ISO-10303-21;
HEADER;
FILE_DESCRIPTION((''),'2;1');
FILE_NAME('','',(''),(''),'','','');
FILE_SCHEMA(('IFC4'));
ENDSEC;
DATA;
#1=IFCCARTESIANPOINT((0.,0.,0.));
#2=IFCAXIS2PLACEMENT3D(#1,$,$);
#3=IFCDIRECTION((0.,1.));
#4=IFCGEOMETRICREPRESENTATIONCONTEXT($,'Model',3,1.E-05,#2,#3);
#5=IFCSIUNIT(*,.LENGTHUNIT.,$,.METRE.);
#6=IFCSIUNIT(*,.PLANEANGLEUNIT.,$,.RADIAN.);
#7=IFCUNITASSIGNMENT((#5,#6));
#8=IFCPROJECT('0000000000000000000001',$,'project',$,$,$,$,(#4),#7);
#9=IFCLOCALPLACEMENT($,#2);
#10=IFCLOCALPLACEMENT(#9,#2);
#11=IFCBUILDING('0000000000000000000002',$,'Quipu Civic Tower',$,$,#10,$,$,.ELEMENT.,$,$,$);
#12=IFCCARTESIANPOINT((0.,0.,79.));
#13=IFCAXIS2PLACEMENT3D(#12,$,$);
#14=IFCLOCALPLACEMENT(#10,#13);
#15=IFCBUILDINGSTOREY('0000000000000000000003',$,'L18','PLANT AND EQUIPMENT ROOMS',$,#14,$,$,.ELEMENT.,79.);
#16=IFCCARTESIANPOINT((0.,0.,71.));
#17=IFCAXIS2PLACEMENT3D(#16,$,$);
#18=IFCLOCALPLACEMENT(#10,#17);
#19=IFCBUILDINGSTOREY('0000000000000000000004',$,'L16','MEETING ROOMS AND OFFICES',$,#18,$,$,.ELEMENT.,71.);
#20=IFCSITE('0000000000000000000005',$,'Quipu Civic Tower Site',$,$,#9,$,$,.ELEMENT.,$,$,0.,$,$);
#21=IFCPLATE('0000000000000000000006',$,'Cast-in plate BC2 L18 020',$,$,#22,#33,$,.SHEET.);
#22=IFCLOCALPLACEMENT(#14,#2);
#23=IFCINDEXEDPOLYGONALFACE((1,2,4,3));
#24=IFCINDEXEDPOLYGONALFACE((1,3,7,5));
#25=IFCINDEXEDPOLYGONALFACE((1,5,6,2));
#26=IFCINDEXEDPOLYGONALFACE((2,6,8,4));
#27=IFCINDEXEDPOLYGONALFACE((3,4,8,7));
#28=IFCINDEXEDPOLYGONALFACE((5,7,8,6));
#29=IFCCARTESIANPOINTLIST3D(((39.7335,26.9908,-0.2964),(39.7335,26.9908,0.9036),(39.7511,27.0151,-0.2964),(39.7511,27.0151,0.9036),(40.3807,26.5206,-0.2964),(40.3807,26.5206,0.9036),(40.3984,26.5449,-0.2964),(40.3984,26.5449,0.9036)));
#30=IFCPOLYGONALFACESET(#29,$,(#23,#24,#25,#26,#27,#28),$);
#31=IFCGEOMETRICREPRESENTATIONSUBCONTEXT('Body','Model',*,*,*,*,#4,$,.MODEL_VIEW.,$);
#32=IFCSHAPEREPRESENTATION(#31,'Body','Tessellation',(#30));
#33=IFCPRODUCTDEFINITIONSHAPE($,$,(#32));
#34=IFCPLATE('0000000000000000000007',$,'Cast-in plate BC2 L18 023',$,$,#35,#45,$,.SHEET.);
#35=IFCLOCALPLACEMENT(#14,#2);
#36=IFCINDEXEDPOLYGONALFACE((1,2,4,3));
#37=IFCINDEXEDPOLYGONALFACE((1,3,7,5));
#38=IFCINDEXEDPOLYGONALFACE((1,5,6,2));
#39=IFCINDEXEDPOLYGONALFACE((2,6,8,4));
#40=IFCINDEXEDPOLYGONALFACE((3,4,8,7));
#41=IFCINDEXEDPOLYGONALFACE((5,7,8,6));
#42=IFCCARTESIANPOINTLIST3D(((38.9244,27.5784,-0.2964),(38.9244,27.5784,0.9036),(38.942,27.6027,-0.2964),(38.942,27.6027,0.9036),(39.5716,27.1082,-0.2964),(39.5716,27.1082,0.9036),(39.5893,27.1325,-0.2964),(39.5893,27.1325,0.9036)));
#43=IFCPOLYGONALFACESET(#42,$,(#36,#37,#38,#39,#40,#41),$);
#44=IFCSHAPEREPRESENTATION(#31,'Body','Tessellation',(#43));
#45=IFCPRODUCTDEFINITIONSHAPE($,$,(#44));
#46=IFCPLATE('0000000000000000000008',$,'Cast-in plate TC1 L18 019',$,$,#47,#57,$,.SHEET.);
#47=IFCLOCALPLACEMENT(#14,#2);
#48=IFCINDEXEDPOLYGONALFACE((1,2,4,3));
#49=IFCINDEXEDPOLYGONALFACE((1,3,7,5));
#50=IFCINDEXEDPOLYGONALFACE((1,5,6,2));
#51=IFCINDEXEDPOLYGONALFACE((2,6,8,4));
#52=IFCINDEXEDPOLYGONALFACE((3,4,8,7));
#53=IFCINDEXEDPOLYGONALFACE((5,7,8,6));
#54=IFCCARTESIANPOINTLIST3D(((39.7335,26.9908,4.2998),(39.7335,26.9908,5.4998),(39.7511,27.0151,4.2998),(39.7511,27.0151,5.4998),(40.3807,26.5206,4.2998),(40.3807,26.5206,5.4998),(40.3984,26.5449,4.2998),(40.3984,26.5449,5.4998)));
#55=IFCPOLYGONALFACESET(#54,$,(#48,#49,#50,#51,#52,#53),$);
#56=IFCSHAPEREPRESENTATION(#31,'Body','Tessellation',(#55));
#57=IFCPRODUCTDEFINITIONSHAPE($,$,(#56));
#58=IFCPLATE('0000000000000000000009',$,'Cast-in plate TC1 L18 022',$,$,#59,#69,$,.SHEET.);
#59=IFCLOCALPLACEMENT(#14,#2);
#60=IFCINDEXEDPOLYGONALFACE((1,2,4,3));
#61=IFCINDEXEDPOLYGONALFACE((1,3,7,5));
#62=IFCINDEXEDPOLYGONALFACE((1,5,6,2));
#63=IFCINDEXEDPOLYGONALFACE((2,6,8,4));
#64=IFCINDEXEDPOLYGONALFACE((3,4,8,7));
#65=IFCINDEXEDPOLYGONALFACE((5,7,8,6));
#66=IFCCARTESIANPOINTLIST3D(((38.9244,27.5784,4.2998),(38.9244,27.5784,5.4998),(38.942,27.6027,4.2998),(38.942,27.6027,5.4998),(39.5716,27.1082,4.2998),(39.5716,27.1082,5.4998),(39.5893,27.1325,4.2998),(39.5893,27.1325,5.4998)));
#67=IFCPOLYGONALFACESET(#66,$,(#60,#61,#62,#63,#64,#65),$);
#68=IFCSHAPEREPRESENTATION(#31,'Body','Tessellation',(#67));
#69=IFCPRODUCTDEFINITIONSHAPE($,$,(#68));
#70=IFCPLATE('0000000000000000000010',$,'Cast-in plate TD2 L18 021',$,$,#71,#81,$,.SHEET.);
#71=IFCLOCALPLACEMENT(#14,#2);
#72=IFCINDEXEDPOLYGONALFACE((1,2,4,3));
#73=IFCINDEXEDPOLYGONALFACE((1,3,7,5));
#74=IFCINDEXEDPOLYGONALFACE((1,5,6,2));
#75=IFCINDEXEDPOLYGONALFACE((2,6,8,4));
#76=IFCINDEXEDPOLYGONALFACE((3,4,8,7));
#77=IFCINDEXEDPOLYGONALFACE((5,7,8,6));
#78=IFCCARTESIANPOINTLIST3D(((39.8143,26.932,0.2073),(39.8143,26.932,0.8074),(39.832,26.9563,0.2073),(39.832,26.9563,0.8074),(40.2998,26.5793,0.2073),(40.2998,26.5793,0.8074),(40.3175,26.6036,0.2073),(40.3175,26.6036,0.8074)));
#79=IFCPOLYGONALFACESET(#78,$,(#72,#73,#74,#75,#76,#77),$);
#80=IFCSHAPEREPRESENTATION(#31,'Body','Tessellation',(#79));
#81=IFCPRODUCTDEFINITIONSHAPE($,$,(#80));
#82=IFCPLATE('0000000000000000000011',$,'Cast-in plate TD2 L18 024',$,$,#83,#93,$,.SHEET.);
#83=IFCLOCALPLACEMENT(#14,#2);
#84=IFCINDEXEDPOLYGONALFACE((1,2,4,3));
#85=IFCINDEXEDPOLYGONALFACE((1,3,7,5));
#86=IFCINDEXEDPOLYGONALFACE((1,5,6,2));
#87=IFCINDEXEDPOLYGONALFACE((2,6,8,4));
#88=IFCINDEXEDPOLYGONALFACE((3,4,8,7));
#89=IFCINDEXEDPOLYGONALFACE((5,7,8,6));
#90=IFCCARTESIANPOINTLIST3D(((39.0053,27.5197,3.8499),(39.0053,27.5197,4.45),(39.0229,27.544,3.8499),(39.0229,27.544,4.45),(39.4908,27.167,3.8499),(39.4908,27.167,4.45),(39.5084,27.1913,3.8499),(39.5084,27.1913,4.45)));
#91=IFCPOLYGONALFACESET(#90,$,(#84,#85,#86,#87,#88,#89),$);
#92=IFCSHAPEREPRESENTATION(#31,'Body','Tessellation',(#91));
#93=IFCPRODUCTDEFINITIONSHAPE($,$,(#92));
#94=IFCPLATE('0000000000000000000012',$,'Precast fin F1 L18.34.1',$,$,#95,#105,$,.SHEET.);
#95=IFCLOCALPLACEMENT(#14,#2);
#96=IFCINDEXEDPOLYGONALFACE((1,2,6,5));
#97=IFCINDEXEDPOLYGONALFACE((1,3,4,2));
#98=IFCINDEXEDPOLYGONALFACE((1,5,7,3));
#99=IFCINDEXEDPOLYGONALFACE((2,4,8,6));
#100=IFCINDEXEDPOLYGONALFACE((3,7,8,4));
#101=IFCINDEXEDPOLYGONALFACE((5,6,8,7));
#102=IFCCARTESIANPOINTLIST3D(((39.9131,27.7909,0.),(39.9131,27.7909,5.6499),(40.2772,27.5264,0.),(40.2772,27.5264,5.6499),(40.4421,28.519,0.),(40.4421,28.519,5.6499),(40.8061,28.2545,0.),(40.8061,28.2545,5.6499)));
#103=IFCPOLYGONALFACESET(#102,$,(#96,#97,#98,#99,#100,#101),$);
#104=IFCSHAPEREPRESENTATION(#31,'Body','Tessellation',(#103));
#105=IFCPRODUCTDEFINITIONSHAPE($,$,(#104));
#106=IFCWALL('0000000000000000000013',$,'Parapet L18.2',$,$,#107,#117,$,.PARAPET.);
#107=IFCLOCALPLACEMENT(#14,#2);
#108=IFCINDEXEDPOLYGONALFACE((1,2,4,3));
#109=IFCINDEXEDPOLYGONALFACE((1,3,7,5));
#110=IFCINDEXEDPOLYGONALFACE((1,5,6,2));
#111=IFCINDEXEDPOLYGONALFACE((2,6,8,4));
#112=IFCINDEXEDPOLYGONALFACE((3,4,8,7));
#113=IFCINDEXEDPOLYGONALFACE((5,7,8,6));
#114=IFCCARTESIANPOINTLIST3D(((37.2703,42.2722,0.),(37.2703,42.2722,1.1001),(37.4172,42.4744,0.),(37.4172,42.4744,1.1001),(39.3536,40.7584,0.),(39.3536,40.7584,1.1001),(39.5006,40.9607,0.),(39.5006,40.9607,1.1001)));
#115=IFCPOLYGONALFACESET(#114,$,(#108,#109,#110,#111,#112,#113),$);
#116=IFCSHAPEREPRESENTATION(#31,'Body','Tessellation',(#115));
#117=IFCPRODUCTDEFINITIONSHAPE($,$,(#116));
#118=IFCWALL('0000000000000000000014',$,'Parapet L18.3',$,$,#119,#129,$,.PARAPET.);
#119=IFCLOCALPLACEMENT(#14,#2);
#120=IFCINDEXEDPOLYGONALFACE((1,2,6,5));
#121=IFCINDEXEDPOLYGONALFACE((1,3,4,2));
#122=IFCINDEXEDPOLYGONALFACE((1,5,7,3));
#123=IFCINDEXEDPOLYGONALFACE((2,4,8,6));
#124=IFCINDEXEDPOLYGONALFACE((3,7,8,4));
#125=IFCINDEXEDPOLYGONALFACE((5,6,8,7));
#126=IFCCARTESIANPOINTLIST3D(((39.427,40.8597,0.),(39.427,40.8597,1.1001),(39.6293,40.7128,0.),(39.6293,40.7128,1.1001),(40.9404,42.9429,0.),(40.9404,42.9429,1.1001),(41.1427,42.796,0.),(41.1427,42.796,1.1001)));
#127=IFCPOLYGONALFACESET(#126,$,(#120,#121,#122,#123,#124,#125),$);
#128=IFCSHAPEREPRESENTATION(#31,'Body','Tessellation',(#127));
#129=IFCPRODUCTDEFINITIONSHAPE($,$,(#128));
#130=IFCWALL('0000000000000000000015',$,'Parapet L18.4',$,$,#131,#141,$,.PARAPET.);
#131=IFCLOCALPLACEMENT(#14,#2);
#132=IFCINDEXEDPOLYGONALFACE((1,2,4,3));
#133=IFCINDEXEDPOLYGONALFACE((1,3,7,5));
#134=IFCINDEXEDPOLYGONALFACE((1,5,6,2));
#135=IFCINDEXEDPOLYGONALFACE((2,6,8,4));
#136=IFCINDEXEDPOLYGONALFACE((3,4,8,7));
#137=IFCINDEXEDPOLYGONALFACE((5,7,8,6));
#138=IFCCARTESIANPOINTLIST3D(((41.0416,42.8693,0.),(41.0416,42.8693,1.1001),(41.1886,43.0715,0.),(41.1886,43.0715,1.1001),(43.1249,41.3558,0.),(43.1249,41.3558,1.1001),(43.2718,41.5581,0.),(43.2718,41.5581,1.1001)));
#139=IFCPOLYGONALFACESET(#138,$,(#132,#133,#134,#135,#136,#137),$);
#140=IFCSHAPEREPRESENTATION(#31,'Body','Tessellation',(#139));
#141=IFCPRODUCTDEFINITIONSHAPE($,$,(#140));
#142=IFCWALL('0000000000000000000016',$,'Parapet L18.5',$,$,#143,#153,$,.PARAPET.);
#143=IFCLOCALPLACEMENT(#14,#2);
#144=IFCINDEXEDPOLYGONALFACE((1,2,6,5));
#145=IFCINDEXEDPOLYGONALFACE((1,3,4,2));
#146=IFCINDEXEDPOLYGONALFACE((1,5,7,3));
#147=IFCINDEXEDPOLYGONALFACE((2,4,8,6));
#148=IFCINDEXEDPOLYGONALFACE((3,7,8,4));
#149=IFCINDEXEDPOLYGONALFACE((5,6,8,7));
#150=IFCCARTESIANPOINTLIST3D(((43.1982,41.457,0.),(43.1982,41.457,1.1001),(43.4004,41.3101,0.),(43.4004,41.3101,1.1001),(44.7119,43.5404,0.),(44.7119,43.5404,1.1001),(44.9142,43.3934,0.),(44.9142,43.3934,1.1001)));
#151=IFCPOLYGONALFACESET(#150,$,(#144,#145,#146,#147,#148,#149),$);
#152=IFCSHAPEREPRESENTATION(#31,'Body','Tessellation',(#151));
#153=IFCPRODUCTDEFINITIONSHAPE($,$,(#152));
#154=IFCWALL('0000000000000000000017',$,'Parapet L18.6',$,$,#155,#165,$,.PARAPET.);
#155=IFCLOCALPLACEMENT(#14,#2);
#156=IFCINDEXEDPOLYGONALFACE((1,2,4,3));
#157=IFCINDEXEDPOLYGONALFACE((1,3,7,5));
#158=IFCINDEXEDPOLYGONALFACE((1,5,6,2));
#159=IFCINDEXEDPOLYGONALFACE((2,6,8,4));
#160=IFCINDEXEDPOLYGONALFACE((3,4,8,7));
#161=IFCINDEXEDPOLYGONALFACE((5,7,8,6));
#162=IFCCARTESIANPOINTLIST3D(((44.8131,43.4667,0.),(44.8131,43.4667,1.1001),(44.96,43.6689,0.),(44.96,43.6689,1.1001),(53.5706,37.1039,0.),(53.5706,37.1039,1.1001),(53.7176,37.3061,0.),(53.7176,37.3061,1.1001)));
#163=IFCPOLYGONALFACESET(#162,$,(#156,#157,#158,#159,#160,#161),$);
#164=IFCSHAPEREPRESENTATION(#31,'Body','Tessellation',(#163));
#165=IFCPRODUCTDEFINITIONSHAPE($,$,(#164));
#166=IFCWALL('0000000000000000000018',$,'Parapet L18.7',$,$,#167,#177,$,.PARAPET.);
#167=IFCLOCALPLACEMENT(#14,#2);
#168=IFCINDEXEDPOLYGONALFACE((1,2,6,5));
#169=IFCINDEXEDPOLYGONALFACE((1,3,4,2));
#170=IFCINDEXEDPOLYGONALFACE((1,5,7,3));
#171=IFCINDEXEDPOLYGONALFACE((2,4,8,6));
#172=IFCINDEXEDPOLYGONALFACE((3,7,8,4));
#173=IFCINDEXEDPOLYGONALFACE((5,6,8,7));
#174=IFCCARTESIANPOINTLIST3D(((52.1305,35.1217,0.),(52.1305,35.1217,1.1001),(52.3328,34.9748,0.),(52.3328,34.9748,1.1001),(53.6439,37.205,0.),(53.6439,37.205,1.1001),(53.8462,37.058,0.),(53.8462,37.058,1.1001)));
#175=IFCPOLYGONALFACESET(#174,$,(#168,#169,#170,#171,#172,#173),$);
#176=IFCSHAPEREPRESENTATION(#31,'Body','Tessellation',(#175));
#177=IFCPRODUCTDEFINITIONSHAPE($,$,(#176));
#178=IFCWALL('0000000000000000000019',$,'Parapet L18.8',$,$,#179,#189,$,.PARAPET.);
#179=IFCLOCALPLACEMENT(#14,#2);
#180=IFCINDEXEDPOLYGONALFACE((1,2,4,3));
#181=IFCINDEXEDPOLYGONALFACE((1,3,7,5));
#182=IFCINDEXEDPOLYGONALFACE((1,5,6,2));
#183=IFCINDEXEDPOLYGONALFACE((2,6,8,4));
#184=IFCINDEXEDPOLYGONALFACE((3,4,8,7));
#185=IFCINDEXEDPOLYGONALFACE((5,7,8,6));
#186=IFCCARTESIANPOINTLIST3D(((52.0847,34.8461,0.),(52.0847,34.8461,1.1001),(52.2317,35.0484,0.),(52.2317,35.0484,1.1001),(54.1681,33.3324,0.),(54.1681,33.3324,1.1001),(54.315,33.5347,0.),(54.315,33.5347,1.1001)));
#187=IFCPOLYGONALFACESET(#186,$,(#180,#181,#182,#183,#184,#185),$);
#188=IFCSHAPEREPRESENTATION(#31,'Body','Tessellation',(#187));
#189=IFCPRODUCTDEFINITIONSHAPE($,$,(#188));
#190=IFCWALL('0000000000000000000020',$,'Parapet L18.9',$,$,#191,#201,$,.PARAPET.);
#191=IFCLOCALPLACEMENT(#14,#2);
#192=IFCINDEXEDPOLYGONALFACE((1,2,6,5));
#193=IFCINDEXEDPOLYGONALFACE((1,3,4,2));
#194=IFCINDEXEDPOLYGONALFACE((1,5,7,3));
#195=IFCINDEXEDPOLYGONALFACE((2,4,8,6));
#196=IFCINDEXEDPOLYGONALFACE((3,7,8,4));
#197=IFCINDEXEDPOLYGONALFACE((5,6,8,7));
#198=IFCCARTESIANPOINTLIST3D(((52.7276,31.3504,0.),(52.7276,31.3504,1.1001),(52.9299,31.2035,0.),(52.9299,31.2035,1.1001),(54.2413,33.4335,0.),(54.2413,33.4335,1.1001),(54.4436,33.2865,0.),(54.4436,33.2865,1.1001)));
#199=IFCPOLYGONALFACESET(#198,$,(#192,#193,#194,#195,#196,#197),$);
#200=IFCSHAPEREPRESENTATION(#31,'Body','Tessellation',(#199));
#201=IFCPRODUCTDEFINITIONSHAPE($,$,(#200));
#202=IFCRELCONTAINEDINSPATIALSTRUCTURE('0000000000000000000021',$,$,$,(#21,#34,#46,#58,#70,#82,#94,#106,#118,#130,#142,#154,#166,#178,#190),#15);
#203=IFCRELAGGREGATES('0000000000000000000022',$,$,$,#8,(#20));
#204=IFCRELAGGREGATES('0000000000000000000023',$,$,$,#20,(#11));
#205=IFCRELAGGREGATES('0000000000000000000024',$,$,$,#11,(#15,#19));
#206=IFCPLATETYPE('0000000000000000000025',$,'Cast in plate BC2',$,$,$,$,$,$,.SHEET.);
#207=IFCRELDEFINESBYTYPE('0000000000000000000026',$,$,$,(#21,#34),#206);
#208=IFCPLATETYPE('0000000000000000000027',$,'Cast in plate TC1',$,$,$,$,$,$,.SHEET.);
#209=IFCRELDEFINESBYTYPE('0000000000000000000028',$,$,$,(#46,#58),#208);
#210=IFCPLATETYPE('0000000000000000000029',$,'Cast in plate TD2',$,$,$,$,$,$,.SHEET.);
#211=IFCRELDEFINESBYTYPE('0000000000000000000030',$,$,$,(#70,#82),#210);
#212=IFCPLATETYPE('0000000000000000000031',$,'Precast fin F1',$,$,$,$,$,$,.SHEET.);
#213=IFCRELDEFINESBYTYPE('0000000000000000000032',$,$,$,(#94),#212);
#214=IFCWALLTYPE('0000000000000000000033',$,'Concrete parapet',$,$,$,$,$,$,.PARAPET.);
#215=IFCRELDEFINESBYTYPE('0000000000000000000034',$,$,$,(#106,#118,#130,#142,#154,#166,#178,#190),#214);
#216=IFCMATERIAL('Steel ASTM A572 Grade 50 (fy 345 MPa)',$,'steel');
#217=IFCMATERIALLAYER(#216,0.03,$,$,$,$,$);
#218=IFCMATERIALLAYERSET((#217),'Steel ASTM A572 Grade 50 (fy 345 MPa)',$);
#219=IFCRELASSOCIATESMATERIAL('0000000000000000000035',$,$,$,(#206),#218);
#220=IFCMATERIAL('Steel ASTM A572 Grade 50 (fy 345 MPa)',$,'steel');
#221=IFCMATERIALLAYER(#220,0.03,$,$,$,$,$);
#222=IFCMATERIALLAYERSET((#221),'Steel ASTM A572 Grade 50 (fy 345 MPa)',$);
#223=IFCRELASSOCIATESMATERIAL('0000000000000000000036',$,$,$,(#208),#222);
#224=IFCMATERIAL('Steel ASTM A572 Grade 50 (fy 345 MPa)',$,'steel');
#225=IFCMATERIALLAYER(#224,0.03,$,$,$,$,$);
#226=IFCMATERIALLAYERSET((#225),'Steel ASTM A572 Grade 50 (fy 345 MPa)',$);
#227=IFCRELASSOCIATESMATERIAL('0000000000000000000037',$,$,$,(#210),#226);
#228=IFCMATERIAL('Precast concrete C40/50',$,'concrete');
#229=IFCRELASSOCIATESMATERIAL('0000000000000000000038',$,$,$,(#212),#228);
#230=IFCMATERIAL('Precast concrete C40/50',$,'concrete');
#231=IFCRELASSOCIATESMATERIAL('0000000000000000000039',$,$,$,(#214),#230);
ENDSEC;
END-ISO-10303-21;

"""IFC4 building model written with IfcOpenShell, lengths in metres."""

from ifc_helpers import new_model, si_unit, direction, frame, frame_2d, origin, origin_2d, place, context, subcontext, project, spatial, rectangle, extrude, material, layer, layer_set, type_object, element, save


model = new_model("IFC4")

# Units and contexts
model_context = context("Model", 3, precision=1e-05, world=origin(), true_north=direction((0.0, 1.0)))
body_context = subcontext(model_context, "Body", "Model", "MODEL_VIEW")
ifc_project = project(units=[si_unit("LENGTHUNIT", "METRE"), si_unit("PLANEANGLEUNIT", "RADIAN")], contexts=[model_context])

# Site, building, storey
site_placement = place(None, origin())
site = spatial("IfcSite", under=ifc_project, at=site_placement, Name="Quipu Civic Tower Site", CompositionType="ELEMENT", RefElevation=0.0)
building_placement = place(site_placement, origin())
building = spatial("IfcBuilding", under=site, at=building_placement, Name="Quipu Civic Tower", CompositionType="ELEMENT")
storey_1_placement = place(building_placement, frame((0.0, 0.0, 79.0)))
storey_1 = spatial("IfcBuildingStorey", under=building, at=storey_1_placement, Name="L18", Description="PLANT AND EQUIPMENT ROOMS", CompositionType="ELEMENT", Elevation=79.0)

# Shared definitions
storey_2_placement = place(building_placement, frame((0.0, 0.0, 71.0)))
storey_2 = spatial("IfcBuildingStorey", under=building, at=storey_2_placement, Name="L16", Description="MEETING ROOMS AND OFFICES", CompositionType="ELEMENT", Elevation=71.0)

# Plates
ifc_material_1 = material(Name="Steel ASTM A572 Grade 50 (fy 345 MPa)", Category="steel")
ifc_layer_1 = layer(ifc_material_1, 0.03)
ifc_layer_set_1 = layer_set([ifc_layer_1], Name="Steel ASTM A572 Grade 50 (fy 345 MPa)")
plate_type_1 = type_object("IfcPlateType", Name="Cast in plate BC2", PredefinedType="SHEET", material=ifc_layer_set_1)
for number, where, z_axis, x_axis, name in (
    (1, (40.0659, 26.7678, -0.2964), (0.0, 0.0, 1.0), (0.809038, -0.587757, 0.0), "Cast-in plate BC2 L18 020"),
    (2, (39.2568, 27.3555, -0.2964), (0.0, 0.0, 1.0), (0.809038, -0.587757, 0.0), "Cast-in plate BC2 L18 023"),
):
    element("IfcPlate", number, at=place(storey_1_placement, frame(where, z_axis=z_axis, x_axis=x_axis)), inside=storey_1, type_object=plate_type_1, Name=name, PredefinedType="SHEET", context=body_context, shape_type="SweptSolid", body=[
        extrude(rectangle(XDim=0.8, YDim=0.03, at=origin_2d()), origin(), (0.0, 0.0, 1.0), 1.2),
    ])
ifc_material_2 = material(Name="Steel ASTM A572 Grade 50 (fy 345 MPa)", Category="steel")
ifc_layer_2 = layer(ifc_material_2, 0.03)
ifc_layer_set_2 = layer_set([ifc_layer_2], Name="Steel ASTM A572 Grade 50 (fy 345 MPa)")
plate_type_2 = type_object("IfcPlateType", Name="Cast in plate TC1", PredefinedType="SHEET", material=ifc_layer_set_2)
for number, where, z_axis, x_axis, name in (
    (3, (40.0659, 26.7678, 4.2998), (0.0, 0.0, 1.0), (0.809038, -0.587757, 0.0), "Cast-in plate TC1 L18 019"),
    (4, (39.2568, 27.3555, 4.2998), (0.0, 0.0, 1.0), (0.809038, -0.587757, 0.0), "Cast-in plate TC1 L18 022"),
):
    element("IfcPlate", number, at=place(storey_1_placement, frame(where, z_axis=z_axis, x_axis=x_axis)), inside=storey_1, type_object=plate_type_2, Name=name, PredefinedType="SHEET", context=body_context, shape_type="SweptSolid", body=[
        extrude(rectangle(XDim=0.8, YDim=0.03, at=origin_2d()), origin(), (0.0, 0.0, 1.0), 1.2),
    ])
ifc_material_3 = material(Name="Steel ASTM A572 Grade 50 (fy 345 MPa)", Category="steel")
ifc_layer_3 = layer(ifc_material_3, 0.03)
ifc_layer_set_3 = layer_set([ifc_layer_3], Name="Steel ASTM A572 Grade 50 (fy 345 MPa)")
plate_type_3 = type_object("IfcPlateType", Name="Cast in plate TD2", PredefinedType="SHEET", material=ifc_layer_set_3)
for number, where, z_axis, x_axis, name in (
    (5, (40.0659, 26.7678, 0.2073), (0.0, 0.0, 1.0), (0.809038, -0.587757, 0.0), "Cast-in plate TD2 L18 021"),
    (6, (39.2568, 27.3555, 3.8499), (0.0, 0.0, 1.0), (0.809038, -0.587757, 0.0), "Cast-in plate TD2 L18 024"),
):
    element("IfcPlate", number, at=place(storey_1_placement, frame(where, z_axis=z_axis, x_axis=x_axis)), inside=storey_1, type_object=plate_type_3, Name=name, PredefinedType="SHEET", context=body_context, shape_type="SweptSolid", body=[
        extrude(rectangle(XDim=0.6001, YDim=0.03, at=origin_2d()), origin(), (0.0, 0.0, 1.0), 0.6001),
    ])
ifc_material_4 = material(Name="Precast concrete C40/50", Category="concrete")
plate_type_4 = type_object("IfcPlateType", Name="Precast fin F1", PredefinedType="SHEET", material=ifc_material_4)
plate_placement = place(storey_1_placement, frame((40.3596, 28.0227, 0.0), z_axis=(0.0, 0.0, 1.0), x_axis=(-0.809017, 0.587785, 0.0)))
element("IfcPlate", 7, at=plate_placement, inside=storey_1, type_object=plate_type_4, Name="Precast fin F1 L18.34.1", PredefinedType="SHEET", context=body_context, shape_type="SweptSolid", body=[
    extrude(rectangle(XDim=0.45, YDim=0.8999, at=origin_2d()), origin(), (0.0, 0.0, 1.0), 5.6499),
])

# Walls
ifc_material_5 = material(Name="Precast concrete C40/50", Category="concrete")
wall_type_1 = type_object("IfcWallType", Name="Concrete parapet", PredefinedType="PARAPET", material=ifc_material_5)
wall_1_placement = place(storey_1_placement, frame((37.3438, 42.3733, 0.0), z_axis=(0.0, 0.0, 1.0), x_axis=(0.808998, -0.587811, 0.0)))
element("IfcWall", 8, at=wall_1_placement, inside=storey_1, type_object=wall_type_1, Name="Parapet L18.2", PredefinedType="PARAPET", context=body_context, shape_type="SweptSolid", body=[
    extrude(rectangle(XDim=2.5752, YDim=0.25, at=frame_2d((1.2876, 0.0))), origin(), (0.0, 0.0, 1.0), 1.1001),
])
for number, where, z_axis, x_axis, name in (
    (9, (39.5281, 40.7861, 0.0), (0.0, 0.0, 1.0), (0.587749, 0.809043, 0.0), "Parapet L18.3"),
    (10, (41.115, 42.9705, 0.0), (0.0, 0.0, 1.0), (0.809043, -0.587749, 0.0), "Parapet L18.4"),
):
    element("IfcWall", number, at=place(storey_1_placement, frame(where, z_axis=z_axis, x_axis=x_axis)), inside=storey_1, type_object=wall_type_1, Name=name, PredefinedType="PARAPET", context=body_context, shape_type="SweptSolid", body=[
        extrude(rectangle(XDim=2.575, YDim=0.25, at=frame_2d((1.2876, 0.0))), origin(), (0.0, 0.0, 1.0), 1.1001),
    ])
wall_2_placement = place(storey_1_placement, frame((43.2993, 41.3835, 0.0), z_axis=(0.0, 0.0, 1.0), x_axis=(0.587811, 0.808998, 0.0)))
element("IfcWall", 11, at=wall_2_placement, inside=storey_1, type_object=wall_type_1, Name="Parapet L18.5", PredefinedType="PARAPET", context=body_context, shape_type="SweptSolid", body=[
    extrude(rectangle(XDim=2.5752, YDim=0.25, at=frame_2d((1.2876, 0.0))), origin(), (0.0, 0.0, 1.0), 1.1001),
])
wall_3_placement = place(storey_1_placement, frame((44.8865, 43.5679, 0.0), z_axis=(0.0, 0.0, 1.0), x_axis=(0.809015, -0.587788, 0.0)))
element("IfcWall", 12, at=wall_3_placement, inside=storey_1, type_object=wall_type_1, Name="Parapet L18.6", PredefinedType="PARAPET", context=body_context, shape_type="SweptSolid", body=[
    extrude(rectangle(XDim=10.825, YDim=0.25, at=frame_2d((5.4126, 0.0))), origin(), (0.0, 0.0, 1.0), 1.1001),
])
wall_4_placement = place(storey_1_placement, frame((53.7451, 37.1316, 0.0), z_axis=(0.0, 0.0, 1.0), x_axis=(-0.587749, -0.809043, 0.0)))
element("IfcWall", 13, at=wall_4_placement, inside=storey_1, type_object=wall_type_1, Name="Parapet L18.7", PredefinedType="PARAPET", context=body_context, shape_type="SweptSolid", body=[
    extrude(rectangle(XDim=2.575, YDim=0.25, at=frame_2d((1.2876, 0.0))), origin(), (0.0, 0.0, 1.0), 1.1001),
])
wall_5_placement = place(storey_1_placement, frame((52.1582, 34.9473, 0.0), z_axis=(0.0, 0.0, 1.0), x_axis=(0.808998, -0.587811, 0.0)))
element("IfcWall", 14, at=wall_5_placement, inside=storey_1, type_object=wall_type_1, Name="Parapet L18.8", PredefinedType="PARAPET", context=body_context, shape_type="SweptSolid", body=[
    extrude(rectangle(XDim=2.5752, YDim=0.25, at=frame_2d((1.2876, 0.0))), origin(), (0.0, 0.0, 1.0), 1.1001),
])
wall_6_placement = place(storey_1_placement, frame((54.3425, 33.3601, 0.0), z_axis=(0.0, 0.0, 1.0), x_axis=(-0.587856, -0.808966, 0.0)))
element("IfcWall", 15, at=wall_6_placement, inside=storey_1, type_object=wall_type_1, Name="Parapet L18.9", PredefinedType="PARAPET", context=body_context, shape_type="SweptSolid", body=[
    extrude(rectangle(XDim=2.575, YDim=0.25, at=frame_2d((1.2876, 0.0))), origin(), (0.0, 0.0, 1.0), 1.1001),
])

save(model, "model.ifc")
